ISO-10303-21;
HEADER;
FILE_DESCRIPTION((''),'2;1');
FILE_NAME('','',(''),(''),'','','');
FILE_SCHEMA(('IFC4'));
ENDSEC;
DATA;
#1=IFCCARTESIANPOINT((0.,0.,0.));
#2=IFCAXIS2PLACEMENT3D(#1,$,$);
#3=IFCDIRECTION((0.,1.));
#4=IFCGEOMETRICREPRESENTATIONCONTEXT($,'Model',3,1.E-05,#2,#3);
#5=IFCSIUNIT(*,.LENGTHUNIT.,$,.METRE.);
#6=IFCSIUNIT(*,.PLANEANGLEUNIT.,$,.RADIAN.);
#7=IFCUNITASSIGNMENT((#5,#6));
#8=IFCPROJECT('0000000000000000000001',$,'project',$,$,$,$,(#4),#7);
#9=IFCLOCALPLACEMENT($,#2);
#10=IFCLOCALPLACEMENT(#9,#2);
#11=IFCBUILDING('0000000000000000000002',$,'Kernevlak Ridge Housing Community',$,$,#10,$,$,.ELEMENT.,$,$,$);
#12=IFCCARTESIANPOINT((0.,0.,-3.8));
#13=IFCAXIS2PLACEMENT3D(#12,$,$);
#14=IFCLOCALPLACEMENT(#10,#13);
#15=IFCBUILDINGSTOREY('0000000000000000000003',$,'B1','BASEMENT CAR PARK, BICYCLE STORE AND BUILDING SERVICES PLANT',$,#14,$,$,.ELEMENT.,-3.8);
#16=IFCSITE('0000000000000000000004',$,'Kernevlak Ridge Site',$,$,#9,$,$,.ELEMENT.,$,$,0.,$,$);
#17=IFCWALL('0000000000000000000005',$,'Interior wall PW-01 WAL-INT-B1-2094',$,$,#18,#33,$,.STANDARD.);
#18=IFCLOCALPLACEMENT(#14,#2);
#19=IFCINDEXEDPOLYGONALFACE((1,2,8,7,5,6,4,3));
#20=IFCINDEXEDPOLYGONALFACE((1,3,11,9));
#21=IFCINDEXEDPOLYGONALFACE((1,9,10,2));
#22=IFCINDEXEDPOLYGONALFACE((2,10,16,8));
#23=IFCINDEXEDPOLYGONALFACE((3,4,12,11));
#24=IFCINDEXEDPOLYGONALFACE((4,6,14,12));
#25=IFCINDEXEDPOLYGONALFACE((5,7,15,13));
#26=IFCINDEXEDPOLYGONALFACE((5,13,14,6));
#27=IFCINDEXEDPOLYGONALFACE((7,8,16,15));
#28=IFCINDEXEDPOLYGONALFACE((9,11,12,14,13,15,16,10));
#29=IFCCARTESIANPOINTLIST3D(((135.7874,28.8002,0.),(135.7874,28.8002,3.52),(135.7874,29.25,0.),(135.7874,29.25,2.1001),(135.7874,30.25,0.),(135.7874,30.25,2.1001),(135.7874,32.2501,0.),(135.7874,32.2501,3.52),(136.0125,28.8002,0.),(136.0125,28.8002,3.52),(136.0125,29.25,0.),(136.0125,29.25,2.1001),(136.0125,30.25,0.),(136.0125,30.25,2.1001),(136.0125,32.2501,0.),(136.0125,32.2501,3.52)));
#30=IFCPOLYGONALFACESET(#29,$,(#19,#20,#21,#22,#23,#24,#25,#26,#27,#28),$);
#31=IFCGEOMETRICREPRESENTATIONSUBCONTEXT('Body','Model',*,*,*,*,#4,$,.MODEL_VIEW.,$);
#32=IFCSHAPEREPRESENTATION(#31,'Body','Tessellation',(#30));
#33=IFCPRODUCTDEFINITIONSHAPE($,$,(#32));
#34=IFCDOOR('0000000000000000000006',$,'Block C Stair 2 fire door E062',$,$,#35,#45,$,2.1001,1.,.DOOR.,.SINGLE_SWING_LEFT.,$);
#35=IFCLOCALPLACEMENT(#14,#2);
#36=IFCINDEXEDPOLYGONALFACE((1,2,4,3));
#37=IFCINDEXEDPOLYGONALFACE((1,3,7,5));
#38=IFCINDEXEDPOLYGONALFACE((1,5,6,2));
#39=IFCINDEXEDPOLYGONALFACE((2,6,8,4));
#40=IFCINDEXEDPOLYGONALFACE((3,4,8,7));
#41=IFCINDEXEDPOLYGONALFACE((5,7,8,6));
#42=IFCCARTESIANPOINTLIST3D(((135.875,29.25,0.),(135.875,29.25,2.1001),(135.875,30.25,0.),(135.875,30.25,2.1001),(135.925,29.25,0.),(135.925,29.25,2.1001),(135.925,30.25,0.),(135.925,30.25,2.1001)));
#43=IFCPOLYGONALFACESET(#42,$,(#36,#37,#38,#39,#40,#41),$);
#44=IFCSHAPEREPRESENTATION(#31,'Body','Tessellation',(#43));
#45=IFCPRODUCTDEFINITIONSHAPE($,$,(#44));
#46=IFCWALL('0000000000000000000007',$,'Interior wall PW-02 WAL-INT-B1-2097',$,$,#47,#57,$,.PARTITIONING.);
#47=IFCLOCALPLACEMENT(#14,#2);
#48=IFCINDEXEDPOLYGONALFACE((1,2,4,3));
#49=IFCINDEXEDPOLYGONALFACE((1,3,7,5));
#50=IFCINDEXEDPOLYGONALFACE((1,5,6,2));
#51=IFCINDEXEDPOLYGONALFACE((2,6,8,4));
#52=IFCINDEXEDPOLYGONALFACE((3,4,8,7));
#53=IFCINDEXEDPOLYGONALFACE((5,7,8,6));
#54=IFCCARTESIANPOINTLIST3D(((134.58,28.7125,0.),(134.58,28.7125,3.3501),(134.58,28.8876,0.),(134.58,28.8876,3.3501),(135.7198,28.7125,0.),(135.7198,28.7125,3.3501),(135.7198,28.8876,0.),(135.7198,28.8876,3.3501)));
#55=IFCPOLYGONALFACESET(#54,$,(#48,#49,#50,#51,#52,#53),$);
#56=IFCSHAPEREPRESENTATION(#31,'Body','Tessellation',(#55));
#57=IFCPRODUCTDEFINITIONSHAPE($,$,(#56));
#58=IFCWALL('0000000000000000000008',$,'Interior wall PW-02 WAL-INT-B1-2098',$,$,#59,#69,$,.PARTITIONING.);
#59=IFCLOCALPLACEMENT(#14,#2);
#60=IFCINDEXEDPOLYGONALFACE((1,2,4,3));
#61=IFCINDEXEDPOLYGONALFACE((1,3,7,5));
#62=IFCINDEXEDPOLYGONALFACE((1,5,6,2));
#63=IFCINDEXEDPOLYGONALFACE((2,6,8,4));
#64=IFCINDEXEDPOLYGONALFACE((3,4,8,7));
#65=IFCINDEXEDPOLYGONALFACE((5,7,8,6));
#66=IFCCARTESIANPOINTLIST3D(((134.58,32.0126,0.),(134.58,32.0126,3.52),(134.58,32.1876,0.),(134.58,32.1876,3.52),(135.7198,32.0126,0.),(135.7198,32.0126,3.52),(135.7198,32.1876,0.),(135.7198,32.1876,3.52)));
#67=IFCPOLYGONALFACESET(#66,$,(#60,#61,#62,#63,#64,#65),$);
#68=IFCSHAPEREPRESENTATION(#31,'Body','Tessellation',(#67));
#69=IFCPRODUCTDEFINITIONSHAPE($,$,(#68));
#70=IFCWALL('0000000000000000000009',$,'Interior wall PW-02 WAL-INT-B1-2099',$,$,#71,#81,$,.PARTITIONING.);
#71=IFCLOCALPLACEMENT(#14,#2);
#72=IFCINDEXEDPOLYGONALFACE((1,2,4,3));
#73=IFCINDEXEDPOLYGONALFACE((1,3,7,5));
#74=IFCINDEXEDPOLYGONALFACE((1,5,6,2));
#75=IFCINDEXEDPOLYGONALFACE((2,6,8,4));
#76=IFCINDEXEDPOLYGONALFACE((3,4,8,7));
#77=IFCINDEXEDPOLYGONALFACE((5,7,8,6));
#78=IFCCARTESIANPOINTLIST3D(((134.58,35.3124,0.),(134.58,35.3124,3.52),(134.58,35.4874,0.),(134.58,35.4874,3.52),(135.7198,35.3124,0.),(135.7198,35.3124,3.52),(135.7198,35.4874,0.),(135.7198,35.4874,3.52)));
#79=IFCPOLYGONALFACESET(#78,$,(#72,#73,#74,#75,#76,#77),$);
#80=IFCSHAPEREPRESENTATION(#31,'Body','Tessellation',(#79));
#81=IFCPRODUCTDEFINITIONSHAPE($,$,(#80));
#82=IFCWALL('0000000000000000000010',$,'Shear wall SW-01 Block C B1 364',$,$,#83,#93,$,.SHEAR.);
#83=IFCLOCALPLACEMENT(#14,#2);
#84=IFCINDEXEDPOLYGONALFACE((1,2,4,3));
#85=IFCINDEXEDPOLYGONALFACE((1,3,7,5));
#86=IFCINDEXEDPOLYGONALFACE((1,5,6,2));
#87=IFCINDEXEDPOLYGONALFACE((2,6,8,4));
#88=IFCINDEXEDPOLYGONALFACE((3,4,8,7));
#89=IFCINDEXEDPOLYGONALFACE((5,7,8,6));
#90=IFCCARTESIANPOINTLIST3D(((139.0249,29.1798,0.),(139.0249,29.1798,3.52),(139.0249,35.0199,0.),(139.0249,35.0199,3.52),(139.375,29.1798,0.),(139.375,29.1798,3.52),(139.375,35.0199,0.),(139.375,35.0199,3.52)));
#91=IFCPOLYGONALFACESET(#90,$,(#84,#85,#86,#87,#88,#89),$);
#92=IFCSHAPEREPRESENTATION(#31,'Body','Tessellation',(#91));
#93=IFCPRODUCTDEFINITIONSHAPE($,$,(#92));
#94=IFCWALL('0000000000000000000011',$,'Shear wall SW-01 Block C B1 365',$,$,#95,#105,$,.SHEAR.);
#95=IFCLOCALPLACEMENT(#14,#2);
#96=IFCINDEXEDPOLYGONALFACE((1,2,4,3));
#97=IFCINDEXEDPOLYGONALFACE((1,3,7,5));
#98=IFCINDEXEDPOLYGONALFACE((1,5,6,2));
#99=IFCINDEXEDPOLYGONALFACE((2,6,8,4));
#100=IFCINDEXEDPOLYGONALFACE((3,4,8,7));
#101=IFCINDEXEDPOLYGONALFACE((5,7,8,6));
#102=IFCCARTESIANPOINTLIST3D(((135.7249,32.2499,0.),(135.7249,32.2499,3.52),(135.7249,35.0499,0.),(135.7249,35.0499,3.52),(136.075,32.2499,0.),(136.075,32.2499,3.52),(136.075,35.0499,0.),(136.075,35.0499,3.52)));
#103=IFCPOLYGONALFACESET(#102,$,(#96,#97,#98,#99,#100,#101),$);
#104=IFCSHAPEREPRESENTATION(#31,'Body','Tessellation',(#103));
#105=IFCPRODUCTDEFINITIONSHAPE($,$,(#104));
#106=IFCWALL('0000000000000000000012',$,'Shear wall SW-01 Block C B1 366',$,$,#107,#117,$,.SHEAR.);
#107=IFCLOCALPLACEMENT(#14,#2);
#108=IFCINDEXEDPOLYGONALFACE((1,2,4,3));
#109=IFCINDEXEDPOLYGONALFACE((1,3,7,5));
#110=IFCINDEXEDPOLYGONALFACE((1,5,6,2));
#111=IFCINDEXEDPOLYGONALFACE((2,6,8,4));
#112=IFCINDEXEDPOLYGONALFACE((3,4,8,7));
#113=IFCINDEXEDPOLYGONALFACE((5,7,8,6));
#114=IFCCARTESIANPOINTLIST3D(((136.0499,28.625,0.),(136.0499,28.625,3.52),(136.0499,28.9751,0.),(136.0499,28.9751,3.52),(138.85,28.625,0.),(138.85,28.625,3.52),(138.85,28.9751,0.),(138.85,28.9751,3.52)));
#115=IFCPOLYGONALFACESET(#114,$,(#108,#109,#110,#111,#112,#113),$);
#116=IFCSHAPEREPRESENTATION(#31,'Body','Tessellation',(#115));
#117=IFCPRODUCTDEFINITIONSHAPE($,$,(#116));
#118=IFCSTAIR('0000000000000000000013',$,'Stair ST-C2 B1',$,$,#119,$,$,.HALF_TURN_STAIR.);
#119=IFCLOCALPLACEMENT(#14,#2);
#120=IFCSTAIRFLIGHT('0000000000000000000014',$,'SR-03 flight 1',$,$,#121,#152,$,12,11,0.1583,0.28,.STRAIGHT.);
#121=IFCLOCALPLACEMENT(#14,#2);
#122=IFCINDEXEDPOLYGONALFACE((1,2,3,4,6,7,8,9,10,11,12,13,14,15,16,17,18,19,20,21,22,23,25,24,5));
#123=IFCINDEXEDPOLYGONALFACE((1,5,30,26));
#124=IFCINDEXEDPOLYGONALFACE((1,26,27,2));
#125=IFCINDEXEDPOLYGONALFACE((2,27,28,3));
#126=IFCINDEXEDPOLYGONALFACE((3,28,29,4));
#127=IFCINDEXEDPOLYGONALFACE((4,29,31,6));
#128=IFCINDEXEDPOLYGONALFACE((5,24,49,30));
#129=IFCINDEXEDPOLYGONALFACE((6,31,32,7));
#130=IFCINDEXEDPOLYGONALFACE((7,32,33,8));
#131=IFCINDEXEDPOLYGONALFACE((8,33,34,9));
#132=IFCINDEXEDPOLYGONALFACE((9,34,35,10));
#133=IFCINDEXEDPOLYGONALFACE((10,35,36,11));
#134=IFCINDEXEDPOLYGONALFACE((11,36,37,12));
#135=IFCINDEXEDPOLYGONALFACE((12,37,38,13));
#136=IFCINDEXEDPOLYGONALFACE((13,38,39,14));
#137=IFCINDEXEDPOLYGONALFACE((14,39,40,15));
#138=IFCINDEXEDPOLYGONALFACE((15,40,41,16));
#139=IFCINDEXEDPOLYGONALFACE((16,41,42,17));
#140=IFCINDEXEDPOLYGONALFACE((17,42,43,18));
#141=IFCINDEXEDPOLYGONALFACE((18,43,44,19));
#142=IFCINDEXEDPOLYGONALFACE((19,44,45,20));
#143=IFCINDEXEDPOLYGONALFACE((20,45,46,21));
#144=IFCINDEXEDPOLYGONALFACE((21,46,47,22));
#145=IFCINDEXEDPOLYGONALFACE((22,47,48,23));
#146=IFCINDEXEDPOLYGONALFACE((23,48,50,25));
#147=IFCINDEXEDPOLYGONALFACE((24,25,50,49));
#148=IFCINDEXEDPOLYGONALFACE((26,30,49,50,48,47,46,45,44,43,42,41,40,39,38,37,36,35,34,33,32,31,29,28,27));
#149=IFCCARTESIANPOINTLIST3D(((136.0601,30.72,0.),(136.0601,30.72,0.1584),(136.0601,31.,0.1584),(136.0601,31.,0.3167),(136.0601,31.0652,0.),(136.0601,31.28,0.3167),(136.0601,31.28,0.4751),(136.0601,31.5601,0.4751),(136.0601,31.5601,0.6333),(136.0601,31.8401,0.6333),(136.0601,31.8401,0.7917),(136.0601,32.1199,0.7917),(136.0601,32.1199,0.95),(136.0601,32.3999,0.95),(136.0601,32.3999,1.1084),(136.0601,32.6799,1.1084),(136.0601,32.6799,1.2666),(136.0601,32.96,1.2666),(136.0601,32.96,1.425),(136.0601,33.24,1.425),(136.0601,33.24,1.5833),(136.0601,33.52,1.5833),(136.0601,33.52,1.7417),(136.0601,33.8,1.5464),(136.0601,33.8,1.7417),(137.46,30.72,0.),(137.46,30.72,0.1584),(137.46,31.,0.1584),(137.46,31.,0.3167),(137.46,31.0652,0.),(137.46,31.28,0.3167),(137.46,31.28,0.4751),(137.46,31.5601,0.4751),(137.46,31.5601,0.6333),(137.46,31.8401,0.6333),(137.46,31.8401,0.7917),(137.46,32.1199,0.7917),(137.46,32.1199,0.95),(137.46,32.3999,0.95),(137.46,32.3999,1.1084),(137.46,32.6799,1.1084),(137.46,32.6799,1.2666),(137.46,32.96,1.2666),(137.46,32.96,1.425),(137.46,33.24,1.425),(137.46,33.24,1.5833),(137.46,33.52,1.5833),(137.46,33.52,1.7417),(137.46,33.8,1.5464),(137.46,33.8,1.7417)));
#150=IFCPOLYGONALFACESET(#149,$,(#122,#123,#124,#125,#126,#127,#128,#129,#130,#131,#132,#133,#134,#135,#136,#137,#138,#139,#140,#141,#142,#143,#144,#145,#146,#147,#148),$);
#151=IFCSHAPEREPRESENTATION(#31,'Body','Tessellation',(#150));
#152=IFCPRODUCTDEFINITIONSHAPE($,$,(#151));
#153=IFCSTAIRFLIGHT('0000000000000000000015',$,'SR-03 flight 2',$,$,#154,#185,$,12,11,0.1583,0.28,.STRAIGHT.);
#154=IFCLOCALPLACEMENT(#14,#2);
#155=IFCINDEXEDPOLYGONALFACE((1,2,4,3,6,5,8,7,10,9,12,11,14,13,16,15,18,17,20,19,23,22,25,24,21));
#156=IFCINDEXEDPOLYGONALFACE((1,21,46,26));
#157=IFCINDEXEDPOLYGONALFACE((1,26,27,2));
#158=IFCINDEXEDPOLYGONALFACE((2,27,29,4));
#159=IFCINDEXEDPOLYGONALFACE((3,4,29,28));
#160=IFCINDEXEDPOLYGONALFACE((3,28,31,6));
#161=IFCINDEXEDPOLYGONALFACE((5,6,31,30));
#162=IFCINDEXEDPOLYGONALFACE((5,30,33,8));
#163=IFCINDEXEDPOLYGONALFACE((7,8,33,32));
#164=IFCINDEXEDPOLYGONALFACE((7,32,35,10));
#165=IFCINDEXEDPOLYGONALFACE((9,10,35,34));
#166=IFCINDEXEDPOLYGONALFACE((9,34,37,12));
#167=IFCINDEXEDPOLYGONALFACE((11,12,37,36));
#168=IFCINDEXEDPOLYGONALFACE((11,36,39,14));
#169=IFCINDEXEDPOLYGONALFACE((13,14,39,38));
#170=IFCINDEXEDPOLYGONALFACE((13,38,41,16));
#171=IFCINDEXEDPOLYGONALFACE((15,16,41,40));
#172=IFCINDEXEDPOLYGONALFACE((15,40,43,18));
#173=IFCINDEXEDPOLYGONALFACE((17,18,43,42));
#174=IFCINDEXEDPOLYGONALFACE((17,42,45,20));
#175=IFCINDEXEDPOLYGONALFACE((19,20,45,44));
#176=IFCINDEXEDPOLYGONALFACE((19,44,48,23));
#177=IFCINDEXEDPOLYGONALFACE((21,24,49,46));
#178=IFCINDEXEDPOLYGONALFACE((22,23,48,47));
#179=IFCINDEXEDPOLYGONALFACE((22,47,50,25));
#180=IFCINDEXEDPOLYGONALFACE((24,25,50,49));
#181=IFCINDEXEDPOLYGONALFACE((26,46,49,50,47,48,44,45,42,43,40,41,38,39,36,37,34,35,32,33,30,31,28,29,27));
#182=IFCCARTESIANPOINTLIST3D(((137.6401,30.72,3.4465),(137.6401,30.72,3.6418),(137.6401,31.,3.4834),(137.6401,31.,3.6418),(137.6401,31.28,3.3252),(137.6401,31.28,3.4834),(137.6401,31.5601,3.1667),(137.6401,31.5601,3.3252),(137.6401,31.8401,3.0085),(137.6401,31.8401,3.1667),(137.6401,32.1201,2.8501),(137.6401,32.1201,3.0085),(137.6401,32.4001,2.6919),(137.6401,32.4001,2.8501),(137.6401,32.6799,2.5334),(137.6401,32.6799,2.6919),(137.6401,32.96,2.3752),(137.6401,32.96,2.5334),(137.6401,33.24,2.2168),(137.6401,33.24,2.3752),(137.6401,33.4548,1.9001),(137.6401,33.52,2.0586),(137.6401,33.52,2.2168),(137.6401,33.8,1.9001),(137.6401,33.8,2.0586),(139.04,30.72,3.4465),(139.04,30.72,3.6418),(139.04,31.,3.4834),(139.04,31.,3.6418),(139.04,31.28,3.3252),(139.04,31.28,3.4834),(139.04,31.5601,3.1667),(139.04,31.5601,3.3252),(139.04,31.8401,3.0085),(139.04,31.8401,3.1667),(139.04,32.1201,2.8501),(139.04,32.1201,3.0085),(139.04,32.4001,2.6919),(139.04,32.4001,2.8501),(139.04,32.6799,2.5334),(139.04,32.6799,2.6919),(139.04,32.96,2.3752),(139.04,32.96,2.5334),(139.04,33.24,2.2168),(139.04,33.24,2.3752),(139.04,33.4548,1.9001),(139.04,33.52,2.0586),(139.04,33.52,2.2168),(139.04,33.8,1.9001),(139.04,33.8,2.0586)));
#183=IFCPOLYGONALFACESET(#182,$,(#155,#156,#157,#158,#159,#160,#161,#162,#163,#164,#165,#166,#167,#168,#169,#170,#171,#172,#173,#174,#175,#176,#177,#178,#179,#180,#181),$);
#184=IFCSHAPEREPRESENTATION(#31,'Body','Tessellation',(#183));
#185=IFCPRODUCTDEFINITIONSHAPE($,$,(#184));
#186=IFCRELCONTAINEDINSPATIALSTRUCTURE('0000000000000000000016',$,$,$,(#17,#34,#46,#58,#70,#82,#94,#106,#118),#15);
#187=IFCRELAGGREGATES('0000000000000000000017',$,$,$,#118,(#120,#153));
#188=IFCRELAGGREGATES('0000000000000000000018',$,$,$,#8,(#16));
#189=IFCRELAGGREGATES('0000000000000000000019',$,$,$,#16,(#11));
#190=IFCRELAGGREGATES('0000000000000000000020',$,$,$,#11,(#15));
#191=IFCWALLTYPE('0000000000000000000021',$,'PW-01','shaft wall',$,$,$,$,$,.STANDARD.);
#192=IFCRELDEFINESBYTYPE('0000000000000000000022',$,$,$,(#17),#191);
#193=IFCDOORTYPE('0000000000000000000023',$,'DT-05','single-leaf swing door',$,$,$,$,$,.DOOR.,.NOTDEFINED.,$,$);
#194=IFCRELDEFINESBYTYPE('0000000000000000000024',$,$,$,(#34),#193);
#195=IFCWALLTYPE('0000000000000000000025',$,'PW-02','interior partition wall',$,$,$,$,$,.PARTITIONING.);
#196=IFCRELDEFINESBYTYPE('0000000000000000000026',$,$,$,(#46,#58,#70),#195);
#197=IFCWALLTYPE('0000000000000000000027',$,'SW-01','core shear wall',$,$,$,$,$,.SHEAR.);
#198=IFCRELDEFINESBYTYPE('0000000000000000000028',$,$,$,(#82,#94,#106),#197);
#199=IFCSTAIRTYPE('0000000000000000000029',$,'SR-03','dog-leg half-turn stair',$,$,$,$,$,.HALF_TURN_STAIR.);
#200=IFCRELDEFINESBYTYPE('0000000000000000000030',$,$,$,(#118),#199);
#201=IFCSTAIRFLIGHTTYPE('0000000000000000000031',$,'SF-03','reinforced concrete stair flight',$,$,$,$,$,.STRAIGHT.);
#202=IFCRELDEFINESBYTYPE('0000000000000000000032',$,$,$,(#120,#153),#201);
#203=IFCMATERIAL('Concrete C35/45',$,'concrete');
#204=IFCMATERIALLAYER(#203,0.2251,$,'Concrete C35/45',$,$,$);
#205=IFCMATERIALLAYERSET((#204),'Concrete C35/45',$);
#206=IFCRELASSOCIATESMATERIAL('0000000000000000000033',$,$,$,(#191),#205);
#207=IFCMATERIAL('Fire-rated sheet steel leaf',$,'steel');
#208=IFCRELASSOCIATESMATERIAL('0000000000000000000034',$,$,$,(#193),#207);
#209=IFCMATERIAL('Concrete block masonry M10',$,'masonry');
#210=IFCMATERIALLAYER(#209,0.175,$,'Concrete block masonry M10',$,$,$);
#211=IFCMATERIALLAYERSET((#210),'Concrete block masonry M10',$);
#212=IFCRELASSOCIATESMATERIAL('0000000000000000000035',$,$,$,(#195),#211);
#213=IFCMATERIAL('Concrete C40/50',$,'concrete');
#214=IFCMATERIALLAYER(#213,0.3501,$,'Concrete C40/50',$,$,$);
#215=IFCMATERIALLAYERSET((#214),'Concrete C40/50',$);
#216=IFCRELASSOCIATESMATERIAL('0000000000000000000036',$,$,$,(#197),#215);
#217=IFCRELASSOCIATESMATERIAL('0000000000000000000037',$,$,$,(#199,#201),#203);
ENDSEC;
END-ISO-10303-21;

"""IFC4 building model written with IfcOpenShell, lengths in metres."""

from ifc_helpers import new_model, si_unit, direction, frame, frame_2d, origin, place, context, subcontext, project, spatial, polyline, rectangle, outline, extrude, material, layer, layer_set, type_object, element, fill, aggregate, save


model = new_model("IFC4")

# Units and contexts
model_context = context("Model", 3, precision=1e-05, world=origin(), true_north=direction((0.0, 1.0)))
body_context = subcontext(model_context, "Body", "Model", "MODEL_VIEW")
ifc_project = project(units=[si_unit("LENGTHUNIT", "METRE"), si_unit("PLANEANGLEUNIT", "RADIAN")], contexts=[model_context])

# Site, building, storey
site_placement = place(None, origin())
site = spatial("IfcSite", under=ifc_project, at=site_placement, Name="Kernevlak Ridge Site", CompositionType="ELEMENT", RefElevation=0.0)
building_placement = place(site_placement, origin())
building = spatial("IfcBuilding", under=site, at=building_placement, Name="Kernevlak Ridge Housing Community", CompositionType="ELEMENT")
storey_placement = place(building_placement, frame((0.0, 0.0, -3.8)))
storey = spatial("IfcBuildingStorey", under=building, at=storey_placement, Name="B1", Description="BASEMENT CAR PARK, BICYCLE STORE AND BUILDING SERVICES PLANT", CompositionType="ELEMENT", Elevation=-3.8)

# Shared definitions
ifc_material_1 = material(Name="Concrete C35/45", Category="concrete")

# Shared definitions
ifc_material_2 = material(Name="Concrete C40/50", Category="concrete")

# Wall, opening, door
ifc_layer_1 = layer(ifc_material_1, 0.2251, Name="Concrete C35/45")
ifc_layer_set_1 = layer_set([ifc_layer_1], Name="Concrete C35/45")
wall_type_1 = type_object("IfcWallType", Name="PW-01", Description="shaft wall", PredefinedType="STANDARD", material=ifc_layer_set_1)
wall_1_placement = place(storey_placement, frame((135.8999, 28.8, 0.0), z_axis=(0.0, 0.0, 1.0), x_axis=(0.0, 1.0, 0.0)))
wall_1 = element("IfcWall", 1, at=wall_1_placement, inside=storey, type_object=wall_type_1, Name="Interior wall PW-01 WAL-INT-B1-2094", PredefinedType="STANDARD", context=body_context, shape_type="SweptSolid", body=[
    extrude(rectangle(XDim=3.45, YDim=0.2251, at=frame_2d((1.7251, 0.0))), origin(), (0.0, 0.0, 1.0), 3.52),
])
opening_placement = place(wall_1_placement, frame((0.45, 0.0, 0.0)))
opening = element("IfcOpeningElement", 2, at=opening_placement, cuts=wall_1, PredefinedType="OPENING", context=body_context, shape_type="SweptSolid", body=[
    extrude(rectangle(XDim=1.0, YDim=2.1001, at=frame_2d((0.5, 1.05))), frame((0.0, 0.1226, 0.0), z_axis=(0.0, -1.0, 0.0), x_axis=(1.0, 0.0, 0.0)), (0.0, 0.0, 1.0), 0.2451),
])
ifc_material_3 = material(Name="Fire-rated sheet steel leaf", Category="steel")
door_type = type_object("IfcDoorType", Name="DT-05", Description="single-leaf swing door", OperationType="NOTDEFINED", PredefinedType="DOOR", material=ifc_material_3)
door_placement = place(opening_placement, origin())
door = element("IfcDoor", 3, at=door_placement, inside=storey, type_object=door_type, Name="Block C Stair 2 fire door E062", OperationType="SINGLE_SWING_LEFT", OverallHeight=2.1001, OverallWidth=1.0, PredefinedType="DOOR", context=body_context, shape_type="SweptSolid", body=[
    extrude(rectangle(XDim=1.0, YDim=2.1001, at=frame_2d((0.5, 1.05))), frame((0.0, 0.0249, 0.0), z_axis=(0.0, -1.0, 0.0), x_axis=(1.0, 0.0, 0.0)), (0.0, 0.0, 1.0), 0.05),
])
fill(opening, door)

# Walls
ifc_material_4 = material(Name="Concrete block masonry M10", Category="masonry")
ifc_layer_2 = layer(ifc_material_4, 0.175, Name="Concrete block masonry M10")
ifc_layer_set_2 = layer_set([ifc_layer_2], Name="Concrete block masonry M10")
wall_type_2 = type_object("IfcWallType", Name="PW-02", Description="interior partition wall", PredefinedType="PARTITIONING", material=ifc_layer_set_2)
wall_2_placement = place(storey_placement, frame((134.5801, 28.8, 0.0), z_axis=(0.0, 0.0, 1.0), x_axis=(1.0, 0.0, 0.0)))
element("IfcWall", 4, at=wall_2_placement, inside=storey, type_object=wall_type_2, Name="Interior wall PW-02 WAL-INT-B1-2097", PredefinedType="PARTITIONING", context=body_context, shape_type="SweptSolid", body=[
    extrude(rectangle(XDim=1.1399, YDim=0.175, at=frame_2d((0.5698, 0.0))), origin(), (0.0, 0.0, 1.0), 3.3501),
])
for number, where, z_axis, x_axis, name in (
    (5, (134.5801, 32.1001, 0.0), (0.0, 0.0, 1.0), (1.0, 0.0, 0.0), "Interior wall PW-02 WAL-INT-B1-2098"),
    (6, (134.5801, 35.3999, 0.0), (0.0, 0.0, 1.0), (1.0, 0.0, 0.0), "Interior wall PW-02 WAL-INT-B1-2099"),
):
    element("IfcWall", number, at=place(storey_placement, frame(where, z_axis=z_axis, x_axis=x_axis)), inside=storey, type_object=wall_type_2, Name=name, PredefinedType="PARTITIONING", context=body_context, shape_type="SweptSolid", body=[
        extrude(rectangle(XDim=1.1399, YDim=0.175, at=frame_2d((0.5698, 0.0))), origin(), (0.0, 0.0, 1.0), 3.52),
    ])
ifc_layer_3 = layer(ifc_material_2, 0.3501, Name="Concrete C40/50")
ifc_layer_set_3 = layer_set([ifc_layer_3], Name="Concrete C40/50")
wall_type_3 = type_object("IfcWallType", Name="SW-01", Description="core shear wall", PredefinedType="SHEAR", material=ifc_layer_set_3)
wall_3_placement = place(storey_placement, frame((139.2, 29.1799, 0.0), z_axis=(0.0, 0.0, 1.0), x_axis=(0.0, 1.0, 0.0)))
element("IfcWall", 7, at=wall_3_placement, inside=storey, type_object=wall_type_3, Name="Shear wall SW-01 Block C B1 364", PredefinedType="SHEAR", context=body_context, shape_type="SweptSolid", body=[
    extrude(rectangle(XDim=5.8401, YDim=0.3501, at=frame_2d((2.9199, 0.0))), origin(), (0.0, 0.0, 1.0), 3.52),
])
for number, where, z_axis, x_axis, name in (
    (8, (135.8999, 32.25, 0.0), (0.0, 0.0, 1.0), (0.0, 1.0, 0.0), "Shear wall SW-01 Block C B1 365"),
    (9, (136.05, 28.8, 0.0), (0.0, 0.0, 1.0), (1.0, 0.0, 0.0), "Shear wall SW-01 Block C B1 366"),
):
    element("IfcWall", number, at=place(storey_placement, frame(where, z_axis=z_axis, x_axis=x_axis)), inside=storey, type_object=wall_type_3, Name=name, PredefinedType="SHEAR", context=body_context, shape_type="SweptSolid", body=[
        extrude(rectangle(XDim=2.8, YDim=0.3501, at=frame_2d((1.3999, 0.0))), origin(), (0.0, 0.0, 1.0), 3.52),
    ])

# Stair, stair flights
stair_type = type_object("IfcStairType", Name="SR-03", Description="dog-leg half-turn stair", PredefinedType="HALF_TURN_STAIR", material=ifc_material_1)
stair_placement = place(storey_placement, origin())
stair = element("IfcStair", 10, at=stair_placement, inside=storey, type_object=stair_type, Name="Stair ST-C2 B1", PredefinedType="HALF_TURN_STAIR")
stair_flight_type = type_object("IfcStairFlightType", Name="SF-03", Description="reinforced concrete stair flight", PredefinedType="STRAIGHT", material=ifc_material_1)
stair_flight_1_placement = place(storey_placement, frame((136.76, 30.72, 0.0), z_axis=(0.0, 0.0, 1.0), x_axis=(0.0, 1.0, 0.0)))
stair_flight_1 = element("IfcStairFlight", 11, at=stair_flight_1_placement, type_object=stair_flight_type, Name="SR-03 flight 1", NumberOfRisers=12, NumberOfTreads=11, PredefinedType="STRAIGHT", RiserHeight=0.1583, TreadLength=0.28, context=body_context, shape_type="SweptSolid", body=[
    extrude(outline(polyline([(0.0, 0.0), (0.0, 0.1584), (0.28, 0.1584), (0.28, 0.3167), (0.5601, 0.3167), (0.5601, 0.4751), (0.8401, 0.4751), (0.8401, 0.6333), (1.1201, 0.6333), (1.1201, 0.7917), (1.3999, 0.7917), (1.3999, 0.95), (1.6799, 0.95), (1.6799, 1.1084), (1.96, 1.1084), (1.96, 1.2666), (2.24, 1.2666), (2.24, 1.425), (2.52, 1.425), (2.52, 1.5833), (2.8, 1.5833), (2.8, 1.7417), (3.0801, 1.7417), (3.0801, 1.8999), (3.0801, 1.5464), (0.3452, 0.0), (0.0, 0.0)])), frame((0.0, 0.7, 0.0), z_axis=(0.0, -1.0, 0.0), x_axis=(1.0, 0.0, 0.0)), (0.0, 0.0, 1.0), 1.3999),
])
stair_flight_2_placement = place(storey_placement, frame((138.3401, 33.8, 1.9001), z_axis=(0.0, 0.0, 1.0), x_axis=(0.0, -1.0, 0.0)))
stair_flight_2 = element("IfcStairFlight", 12, at=stair_flight_2_placement, type_object=stair_flight_type, Name="SR-03 flight 2", NumberOfRisers=12, NumberOfTreads=11, PredefinedType="STRAIGHT", RiserHeight=0.1583, TreadLength=0.28, context=body_context, shape_type="SweptSolid", body=[
    extrude(outline(polyline([(0.0, 0.0), (0.0, 0.1584), (0.28, 0.1584), (0.28, 0.3167), (0.5601, 0.3167), (0.5601, 0.4751), (0.8401, 0.4751), (0.8401, 0.6333), (1.1201, 0.6333), (1.1201, 0.7917), (1.3999, 0.7917), (1.3999, 0.95), (1.6799, 0.95), (1.6799, 1.1084), (1.96, 1.1084), (1.96, 1.2666), (2.24, 1.2666), (2.24, 1.425), (2.52, 1.425), (2.52, 1.5833), (2.8, 1.5833), (2.8, 1.7417), (3.0801, 1.7417), (3.0801, 1.8999), (3.0801, 1.5464), (0.3452, 0.0), (0.0, 0.0)])), frame((0.0, 0.7, 0.0), z_axis=(0.0, -1.0, 0.0), x_axis=(1.0, 0.0, 0.0)), (0.0, 0.0, 1.0), 1.3999),
])
aggregate(stair, [stair_flight_1, stair_flight_2])

save(model, "model.ifc")
